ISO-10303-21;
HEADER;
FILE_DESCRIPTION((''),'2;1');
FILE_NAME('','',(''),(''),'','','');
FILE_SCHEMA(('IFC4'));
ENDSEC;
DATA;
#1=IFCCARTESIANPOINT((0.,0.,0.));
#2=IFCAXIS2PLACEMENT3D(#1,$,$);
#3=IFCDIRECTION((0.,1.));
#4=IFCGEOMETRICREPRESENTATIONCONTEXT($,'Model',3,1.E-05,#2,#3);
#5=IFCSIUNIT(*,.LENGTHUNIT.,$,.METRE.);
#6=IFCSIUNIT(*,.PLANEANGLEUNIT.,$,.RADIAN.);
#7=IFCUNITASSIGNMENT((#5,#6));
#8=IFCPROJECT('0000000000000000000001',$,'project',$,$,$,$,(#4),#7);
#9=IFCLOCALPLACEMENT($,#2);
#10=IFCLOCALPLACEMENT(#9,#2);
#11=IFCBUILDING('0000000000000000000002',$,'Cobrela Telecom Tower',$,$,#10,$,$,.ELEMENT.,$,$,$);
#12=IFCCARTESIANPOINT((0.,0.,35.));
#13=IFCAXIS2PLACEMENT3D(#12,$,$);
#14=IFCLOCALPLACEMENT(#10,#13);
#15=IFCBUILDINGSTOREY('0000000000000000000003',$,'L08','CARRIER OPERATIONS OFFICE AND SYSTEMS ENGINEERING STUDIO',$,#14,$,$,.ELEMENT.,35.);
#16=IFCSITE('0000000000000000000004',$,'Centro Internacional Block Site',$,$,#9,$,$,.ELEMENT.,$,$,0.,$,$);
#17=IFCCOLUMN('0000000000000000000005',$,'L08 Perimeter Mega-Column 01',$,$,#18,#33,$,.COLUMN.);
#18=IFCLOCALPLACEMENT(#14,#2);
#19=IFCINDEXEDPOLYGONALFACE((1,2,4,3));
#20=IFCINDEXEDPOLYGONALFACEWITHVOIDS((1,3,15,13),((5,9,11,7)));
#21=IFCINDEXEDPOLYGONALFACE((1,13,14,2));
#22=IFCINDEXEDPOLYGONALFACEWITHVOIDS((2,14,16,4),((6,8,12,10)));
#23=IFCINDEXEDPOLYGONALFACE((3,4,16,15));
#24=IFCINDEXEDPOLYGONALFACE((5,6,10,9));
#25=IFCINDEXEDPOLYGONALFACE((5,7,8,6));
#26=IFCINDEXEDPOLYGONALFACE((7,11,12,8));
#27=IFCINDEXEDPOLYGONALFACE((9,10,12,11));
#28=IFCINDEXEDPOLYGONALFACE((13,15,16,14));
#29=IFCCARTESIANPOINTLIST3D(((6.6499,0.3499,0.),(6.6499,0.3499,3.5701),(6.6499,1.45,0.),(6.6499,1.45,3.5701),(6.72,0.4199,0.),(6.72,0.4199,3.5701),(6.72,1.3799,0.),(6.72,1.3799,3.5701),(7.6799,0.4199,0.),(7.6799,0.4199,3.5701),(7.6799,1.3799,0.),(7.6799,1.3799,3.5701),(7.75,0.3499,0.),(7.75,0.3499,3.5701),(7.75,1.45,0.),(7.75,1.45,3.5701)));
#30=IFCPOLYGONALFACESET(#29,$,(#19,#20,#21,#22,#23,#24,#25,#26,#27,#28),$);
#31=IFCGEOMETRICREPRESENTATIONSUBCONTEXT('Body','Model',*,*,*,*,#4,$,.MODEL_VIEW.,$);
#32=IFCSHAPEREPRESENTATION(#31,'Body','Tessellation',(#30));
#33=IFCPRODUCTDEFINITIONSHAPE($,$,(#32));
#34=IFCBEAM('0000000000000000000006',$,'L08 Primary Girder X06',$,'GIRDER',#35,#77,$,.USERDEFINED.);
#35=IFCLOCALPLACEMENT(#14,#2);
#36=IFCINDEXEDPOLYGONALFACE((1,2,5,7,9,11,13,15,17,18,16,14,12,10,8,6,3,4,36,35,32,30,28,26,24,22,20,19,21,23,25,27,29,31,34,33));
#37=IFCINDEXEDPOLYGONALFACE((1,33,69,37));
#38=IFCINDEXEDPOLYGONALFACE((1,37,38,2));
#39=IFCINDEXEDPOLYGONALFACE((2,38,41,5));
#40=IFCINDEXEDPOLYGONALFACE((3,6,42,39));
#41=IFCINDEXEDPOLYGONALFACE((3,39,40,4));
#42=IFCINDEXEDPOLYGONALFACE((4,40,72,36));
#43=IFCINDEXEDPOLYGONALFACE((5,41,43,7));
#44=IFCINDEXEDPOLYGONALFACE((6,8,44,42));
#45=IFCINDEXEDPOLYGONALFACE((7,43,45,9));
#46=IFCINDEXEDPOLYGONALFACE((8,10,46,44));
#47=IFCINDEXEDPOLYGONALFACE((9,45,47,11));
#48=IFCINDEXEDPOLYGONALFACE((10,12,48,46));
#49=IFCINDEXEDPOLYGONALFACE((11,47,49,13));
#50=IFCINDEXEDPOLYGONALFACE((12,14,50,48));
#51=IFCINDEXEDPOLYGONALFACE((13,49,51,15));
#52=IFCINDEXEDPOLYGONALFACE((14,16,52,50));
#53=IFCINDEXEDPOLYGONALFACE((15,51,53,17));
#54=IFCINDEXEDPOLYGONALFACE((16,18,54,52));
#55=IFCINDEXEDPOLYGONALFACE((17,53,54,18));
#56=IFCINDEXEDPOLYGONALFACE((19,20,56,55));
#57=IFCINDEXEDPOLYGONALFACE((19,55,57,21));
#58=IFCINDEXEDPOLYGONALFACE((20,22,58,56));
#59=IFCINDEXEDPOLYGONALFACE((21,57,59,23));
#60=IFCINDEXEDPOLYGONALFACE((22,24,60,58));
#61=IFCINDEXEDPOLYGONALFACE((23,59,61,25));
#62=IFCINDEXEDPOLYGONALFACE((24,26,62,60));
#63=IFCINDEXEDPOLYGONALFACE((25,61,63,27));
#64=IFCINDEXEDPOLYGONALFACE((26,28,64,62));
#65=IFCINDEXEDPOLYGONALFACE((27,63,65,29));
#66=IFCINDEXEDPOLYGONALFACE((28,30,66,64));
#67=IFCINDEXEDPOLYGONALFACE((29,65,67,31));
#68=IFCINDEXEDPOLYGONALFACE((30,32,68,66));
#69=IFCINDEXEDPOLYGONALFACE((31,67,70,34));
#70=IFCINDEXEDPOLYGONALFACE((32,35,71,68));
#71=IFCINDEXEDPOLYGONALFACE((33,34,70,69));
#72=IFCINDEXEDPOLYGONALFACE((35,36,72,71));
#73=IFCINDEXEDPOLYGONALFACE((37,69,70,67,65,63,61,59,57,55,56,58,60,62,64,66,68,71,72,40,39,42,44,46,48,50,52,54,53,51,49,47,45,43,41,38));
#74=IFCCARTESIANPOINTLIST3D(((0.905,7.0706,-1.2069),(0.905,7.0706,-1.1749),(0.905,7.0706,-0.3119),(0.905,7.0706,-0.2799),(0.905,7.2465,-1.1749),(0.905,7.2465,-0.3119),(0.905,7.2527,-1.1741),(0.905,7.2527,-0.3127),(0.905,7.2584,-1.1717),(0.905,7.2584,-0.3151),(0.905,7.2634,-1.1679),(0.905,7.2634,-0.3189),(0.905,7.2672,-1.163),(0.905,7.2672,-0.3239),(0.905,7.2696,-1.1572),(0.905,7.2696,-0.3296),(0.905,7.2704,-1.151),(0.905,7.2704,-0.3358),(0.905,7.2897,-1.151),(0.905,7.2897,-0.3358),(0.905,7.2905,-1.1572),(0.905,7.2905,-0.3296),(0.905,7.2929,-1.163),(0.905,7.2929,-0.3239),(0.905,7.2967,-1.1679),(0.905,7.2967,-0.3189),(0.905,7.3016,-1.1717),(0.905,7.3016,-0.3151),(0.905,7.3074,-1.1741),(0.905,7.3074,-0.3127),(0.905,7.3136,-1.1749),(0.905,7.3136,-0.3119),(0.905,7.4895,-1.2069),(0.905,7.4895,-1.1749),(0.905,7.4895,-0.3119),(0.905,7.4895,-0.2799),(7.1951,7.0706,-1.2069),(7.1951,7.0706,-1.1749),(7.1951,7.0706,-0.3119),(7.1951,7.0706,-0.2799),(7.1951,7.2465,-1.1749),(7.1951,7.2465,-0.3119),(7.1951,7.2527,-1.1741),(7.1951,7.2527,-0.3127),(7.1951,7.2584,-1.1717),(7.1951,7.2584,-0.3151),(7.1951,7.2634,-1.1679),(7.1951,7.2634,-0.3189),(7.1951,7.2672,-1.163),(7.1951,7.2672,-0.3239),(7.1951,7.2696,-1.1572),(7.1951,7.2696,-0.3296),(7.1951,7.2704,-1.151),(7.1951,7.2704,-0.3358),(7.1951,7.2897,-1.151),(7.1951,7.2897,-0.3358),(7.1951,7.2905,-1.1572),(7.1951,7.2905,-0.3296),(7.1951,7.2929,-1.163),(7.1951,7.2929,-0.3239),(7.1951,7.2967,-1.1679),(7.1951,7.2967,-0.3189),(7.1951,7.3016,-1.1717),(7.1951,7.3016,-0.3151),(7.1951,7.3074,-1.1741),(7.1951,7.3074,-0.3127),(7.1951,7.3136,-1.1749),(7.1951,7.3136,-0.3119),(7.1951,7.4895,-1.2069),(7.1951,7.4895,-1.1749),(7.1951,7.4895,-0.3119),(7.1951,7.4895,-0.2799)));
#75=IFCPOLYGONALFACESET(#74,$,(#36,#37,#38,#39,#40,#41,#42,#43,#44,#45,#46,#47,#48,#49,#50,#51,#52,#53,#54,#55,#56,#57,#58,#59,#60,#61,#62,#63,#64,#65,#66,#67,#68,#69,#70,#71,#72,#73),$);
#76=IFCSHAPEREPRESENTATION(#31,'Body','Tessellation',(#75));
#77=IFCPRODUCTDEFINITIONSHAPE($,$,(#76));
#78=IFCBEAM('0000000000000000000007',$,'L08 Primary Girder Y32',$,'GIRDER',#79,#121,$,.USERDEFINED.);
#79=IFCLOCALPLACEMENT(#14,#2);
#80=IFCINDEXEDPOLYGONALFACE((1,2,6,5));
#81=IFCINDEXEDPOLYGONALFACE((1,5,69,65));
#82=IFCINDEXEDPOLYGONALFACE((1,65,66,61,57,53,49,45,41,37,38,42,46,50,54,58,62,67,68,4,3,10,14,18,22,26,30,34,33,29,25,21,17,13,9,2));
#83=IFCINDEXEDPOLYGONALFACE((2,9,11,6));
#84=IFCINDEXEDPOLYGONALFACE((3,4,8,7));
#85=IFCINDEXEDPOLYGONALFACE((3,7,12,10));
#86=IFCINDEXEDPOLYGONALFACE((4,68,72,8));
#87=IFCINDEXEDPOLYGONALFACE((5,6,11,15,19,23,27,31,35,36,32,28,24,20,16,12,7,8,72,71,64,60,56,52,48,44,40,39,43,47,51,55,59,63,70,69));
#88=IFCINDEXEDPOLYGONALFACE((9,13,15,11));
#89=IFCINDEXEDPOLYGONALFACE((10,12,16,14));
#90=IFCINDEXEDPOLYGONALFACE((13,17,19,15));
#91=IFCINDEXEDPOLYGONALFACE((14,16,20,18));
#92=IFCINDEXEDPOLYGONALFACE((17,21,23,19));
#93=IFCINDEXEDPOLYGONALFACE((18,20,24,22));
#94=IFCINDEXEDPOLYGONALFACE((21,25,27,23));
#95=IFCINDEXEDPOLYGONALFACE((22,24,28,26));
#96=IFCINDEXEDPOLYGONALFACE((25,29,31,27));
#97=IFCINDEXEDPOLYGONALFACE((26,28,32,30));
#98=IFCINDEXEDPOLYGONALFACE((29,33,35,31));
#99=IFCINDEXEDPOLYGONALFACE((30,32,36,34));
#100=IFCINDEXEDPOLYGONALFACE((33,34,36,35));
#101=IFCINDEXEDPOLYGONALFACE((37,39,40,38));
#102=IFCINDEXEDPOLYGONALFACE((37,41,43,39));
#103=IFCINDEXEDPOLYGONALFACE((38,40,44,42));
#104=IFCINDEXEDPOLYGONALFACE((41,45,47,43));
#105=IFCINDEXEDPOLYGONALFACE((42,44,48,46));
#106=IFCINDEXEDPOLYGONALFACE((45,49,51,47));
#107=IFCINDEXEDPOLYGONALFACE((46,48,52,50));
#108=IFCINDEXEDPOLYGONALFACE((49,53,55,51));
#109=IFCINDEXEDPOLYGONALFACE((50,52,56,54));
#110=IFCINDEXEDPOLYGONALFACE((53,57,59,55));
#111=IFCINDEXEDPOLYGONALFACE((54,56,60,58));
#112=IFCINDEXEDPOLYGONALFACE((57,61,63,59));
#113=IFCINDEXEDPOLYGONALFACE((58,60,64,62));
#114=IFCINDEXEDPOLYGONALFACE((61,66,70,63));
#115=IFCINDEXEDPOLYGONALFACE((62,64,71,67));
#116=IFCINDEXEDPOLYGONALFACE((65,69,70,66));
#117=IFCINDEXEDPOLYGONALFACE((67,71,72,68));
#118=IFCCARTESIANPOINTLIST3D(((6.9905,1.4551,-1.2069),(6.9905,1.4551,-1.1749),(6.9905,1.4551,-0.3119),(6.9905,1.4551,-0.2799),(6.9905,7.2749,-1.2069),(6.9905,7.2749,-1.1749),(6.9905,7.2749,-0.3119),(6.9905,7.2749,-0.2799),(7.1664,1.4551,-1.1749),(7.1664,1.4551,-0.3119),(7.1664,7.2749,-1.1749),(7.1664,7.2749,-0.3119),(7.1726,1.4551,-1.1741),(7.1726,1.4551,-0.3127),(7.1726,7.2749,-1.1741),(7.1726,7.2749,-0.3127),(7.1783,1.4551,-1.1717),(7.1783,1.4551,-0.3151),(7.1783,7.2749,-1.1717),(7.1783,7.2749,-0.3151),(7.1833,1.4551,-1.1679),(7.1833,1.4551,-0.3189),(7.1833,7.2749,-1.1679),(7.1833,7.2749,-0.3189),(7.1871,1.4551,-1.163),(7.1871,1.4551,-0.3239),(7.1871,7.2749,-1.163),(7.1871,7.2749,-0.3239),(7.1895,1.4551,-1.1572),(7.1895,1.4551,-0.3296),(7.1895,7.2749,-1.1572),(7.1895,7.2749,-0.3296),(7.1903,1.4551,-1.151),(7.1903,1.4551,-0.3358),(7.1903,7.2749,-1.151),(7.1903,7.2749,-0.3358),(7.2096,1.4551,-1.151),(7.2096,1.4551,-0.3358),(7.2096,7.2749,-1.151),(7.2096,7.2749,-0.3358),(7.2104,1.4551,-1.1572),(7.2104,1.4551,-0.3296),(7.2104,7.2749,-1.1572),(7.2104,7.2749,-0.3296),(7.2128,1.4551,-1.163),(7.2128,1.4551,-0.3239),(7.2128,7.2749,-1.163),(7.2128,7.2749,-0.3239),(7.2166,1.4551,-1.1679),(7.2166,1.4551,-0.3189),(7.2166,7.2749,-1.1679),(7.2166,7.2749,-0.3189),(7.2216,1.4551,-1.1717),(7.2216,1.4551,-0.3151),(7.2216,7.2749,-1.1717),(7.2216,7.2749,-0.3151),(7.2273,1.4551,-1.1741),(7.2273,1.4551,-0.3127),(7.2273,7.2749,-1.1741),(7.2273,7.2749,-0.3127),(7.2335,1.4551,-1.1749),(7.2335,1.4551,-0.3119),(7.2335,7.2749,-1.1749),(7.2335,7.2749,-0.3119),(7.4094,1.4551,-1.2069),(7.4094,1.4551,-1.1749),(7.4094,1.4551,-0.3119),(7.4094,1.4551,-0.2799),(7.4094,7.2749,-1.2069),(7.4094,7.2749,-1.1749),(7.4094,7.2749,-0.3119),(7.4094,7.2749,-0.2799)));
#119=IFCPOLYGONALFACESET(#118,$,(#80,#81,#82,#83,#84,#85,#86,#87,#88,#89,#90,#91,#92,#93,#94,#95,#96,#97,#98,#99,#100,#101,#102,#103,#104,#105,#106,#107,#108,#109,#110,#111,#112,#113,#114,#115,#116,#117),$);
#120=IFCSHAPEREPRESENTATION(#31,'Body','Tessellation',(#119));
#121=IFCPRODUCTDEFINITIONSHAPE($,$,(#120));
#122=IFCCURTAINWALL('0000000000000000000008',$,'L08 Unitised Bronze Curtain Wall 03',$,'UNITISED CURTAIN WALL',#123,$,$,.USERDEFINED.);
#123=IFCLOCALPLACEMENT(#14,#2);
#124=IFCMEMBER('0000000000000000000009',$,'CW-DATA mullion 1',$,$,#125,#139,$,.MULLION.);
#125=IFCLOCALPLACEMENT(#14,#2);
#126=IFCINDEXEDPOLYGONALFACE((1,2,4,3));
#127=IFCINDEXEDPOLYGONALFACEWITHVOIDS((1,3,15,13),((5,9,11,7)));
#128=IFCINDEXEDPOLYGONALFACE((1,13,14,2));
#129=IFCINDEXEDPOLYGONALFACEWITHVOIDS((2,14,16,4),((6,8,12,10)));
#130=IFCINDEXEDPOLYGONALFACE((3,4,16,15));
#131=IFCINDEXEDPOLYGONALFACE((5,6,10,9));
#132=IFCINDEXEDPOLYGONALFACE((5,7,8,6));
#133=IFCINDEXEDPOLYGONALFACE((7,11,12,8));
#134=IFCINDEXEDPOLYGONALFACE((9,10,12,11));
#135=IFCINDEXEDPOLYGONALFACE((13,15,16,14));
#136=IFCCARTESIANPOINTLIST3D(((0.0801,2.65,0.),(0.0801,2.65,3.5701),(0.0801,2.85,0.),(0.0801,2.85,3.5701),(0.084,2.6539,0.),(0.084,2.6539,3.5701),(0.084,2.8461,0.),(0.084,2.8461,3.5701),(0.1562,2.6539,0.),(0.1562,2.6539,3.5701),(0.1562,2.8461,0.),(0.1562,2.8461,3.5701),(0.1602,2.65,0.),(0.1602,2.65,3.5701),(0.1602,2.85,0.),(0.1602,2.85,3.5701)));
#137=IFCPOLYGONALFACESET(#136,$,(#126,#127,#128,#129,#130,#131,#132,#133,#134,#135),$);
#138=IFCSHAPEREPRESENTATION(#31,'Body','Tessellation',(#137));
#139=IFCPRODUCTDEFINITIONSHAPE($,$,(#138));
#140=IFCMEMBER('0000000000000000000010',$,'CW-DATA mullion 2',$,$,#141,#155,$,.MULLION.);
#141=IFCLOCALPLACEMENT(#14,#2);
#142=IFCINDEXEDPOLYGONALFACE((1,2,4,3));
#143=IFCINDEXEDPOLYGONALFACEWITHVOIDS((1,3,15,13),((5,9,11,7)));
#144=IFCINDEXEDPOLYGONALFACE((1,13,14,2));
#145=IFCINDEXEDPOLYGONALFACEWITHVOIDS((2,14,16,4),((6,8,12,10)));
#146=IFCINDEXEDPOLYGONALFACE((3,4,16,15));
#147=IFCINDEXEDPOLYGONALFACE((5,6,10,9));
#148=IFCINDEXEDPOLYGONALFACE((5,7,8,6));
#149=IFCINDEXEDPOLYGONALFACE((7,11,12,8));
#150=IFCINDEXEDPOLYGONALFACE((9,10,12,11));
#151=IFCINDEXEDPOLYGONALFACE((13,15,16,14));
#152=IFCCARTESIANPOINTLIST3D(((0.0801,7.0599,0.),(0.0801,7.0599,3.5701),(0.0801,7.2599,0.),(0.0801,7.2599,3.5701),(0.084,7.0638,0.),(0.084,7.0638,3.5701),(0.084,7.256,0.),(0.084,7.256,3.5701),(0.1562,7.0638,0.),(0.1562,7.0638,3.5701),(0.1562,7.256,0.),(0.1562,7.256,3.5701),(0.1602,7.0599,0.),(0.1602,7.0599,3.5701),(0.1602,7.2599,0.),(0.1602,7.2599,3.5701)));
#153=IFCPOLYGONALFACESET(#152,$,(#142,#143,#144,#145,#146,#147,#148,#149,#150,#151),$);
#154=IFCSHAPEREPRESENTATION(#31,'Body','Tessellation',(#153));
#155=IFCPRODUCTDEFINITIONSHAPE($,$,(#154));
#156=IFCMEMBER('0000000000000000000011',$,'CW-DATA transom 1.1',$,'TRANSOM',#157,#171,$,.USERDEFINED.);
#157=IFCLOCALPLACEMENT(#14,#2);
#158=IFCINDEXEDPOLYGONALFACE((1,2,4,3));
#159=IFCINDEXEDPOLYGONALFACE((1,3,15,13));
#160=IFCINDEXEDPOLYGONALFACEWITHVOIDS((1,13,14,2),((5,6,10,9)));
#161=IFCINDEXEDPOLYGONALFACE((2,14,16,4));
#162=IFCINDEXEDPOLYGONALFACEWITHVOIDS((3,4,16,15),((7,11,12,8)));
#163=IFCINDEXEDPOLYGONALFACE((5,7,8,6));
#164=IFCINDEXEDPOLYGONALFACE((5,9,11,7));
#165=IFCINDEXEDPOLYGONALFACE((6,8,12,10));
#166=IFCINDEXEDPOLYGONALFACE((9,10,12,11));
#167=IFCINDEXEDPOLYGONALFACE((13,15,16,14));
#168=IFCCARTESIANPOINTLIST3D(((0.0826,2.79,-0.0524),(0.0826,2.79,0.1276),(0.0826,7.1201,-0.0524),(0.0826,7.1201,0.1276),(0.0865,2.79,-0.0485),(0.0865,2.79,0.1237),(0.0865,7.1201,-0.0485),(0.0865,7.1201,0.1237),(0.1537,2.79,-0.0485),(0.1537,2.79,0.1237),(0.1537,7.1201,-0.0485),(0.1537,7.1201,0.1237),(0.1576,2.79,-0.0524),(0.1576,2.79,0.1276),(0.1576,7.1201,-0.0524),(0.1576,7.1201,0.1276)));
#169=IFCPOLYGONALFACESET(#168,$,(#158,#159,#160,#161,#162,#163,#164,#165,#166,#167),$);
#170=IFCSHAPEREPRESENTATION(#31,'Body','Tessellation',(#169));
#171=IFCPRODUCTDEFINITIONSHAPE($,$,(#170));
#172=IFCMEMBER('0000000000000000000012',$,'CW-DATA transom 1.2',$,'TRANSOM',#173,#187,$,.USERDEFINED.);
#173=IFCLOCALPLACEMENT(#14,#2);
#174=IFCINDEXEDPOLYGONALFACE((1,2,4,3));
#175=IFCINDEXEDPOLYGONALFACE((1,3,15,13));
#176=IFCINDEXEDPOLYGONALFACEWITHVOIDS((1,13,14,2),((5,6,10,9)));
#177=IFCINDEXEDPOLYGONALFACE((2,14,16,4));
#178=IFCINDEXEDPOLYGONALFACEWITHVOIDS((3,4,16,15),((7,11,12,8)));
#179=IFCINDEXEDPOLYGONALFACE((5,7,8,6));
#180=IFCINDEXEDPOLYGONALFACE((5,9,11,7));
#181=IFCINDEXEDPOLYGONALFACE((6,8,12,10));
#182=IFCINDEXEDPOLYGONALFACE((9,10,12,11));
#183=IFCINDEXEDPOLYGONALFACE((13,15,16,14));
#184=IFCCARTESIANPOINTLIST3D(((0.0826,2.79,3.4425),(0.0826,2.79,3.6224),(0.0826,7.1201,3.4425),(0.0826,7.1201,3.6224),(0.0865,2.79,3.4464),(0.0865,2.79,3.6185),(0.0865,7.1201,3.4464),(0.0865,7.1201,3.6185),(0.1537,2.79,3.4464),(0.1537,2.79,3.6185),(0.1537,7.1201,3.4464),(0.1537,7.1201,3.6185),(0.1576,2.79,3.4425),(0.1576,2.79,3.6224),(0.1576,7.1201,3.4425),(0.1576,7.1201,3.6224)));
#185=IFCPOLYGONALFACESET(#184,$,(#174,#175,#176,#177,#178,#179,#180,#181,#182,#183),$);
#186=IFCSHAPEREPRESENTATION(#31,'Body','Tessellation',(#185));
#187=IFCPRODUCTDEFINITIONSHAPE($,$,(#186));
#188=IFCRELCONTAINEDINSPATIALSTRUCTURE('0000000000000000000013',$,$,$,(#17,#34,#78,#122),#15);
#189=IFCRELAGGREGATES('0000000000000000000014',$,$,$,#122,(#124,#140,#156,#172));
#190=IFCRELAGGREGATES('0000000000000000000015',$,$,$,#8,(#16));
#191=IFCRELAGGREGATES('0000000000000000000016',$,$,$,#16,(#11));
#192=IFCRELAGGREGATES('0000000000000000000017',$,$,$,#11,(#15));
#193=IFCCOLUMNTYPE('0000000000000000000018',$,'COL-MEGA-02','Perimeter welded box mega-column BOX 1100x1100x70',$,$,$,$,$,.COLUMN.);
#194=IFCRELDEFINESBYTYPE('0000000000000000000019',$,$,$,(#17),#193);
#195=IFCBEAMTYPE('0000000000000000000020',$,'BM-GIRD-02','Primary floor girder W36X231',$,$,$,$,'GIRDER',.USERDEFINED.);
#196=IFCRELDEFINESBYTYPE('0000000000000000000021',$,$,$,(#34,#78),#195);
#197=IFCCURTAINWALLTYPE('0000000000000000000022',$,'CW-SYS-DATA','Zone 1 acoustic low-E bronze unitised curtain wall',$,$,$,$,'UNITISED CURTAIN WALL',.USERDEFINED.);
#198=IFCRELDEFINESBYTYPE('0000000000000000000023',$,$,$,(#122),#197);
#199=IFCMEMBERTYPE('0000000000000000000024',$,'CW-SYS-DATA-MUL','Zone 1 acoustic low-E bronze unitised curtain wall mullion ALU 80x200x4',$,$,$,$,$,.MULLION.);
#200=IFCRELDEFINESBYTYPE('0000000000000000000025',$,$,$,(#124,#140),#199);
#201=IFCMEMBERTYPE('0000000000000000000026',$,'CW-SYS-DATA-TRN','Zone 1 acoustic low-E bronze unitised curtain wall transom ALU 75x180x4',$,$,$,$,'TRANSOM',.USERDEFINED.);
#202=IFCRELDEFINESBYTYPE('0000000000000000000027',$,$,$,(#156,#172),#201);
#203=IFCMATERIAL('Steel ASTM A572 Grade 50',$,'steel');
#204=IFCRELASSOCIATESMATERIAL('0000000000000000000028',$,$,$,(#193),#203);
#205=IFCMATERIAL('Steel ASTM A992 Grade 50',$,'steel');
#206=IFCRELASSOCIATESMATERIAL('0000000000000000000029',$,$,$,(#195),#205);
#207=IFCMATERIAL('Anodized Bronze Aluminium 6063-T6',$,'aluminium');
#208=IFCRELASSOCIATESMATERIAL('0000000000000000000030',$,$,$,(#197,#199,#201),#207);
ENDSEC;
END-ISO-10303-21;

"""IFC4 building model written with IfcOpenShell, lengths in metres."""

from ifc_helpers import new_model, si_unit, direction, frame, origin, origin_2d, place, context, subcontext, project, spatial, hollow_rectangle, i_section, extrude, material, material_profile, profile_set, type_object, element, aggregate, save


model = new_model("IFC4")

# Units and contexts
model_context = context("Model", 3, precision=1e-05, world=origin(), true_north=direction((0.0, 1.0)))
body_context = subcontext(model_context, "Body", "Model", "MODEL_VIEW")
ifc_project = project(units=[si_unit("LENGTHUNIT", "METRE"), si_unit("PLANEANGLEUNIT", "RADIAN")], contexts=[model_context])

# Site, building, storey
site_placement = place(None, origin())
site = spatial("IfcSite", under=ifc_project, at=site_placement, Name="Centro Internacional Block Site", CompositionType="ELEMENT", RefElevation=0.0)
building_placement = place(site_placement, origin())
building = spatial("IfcBuilding", under=site, at=building_placement, Name="Cobrela Telecom Tower", CompositionType="ELEMENT")
storey_placement = place(building_placement, frame((0.0, 0.0, 35.0)))
storey = spatial("IfcBuildingStorey", under=building, at=storey_placement, Name="L08", Description="CARRIER OPERATIONS OFFICE AND SYSTEMS ENGINEERING STUDIO", CompositionType="ELEMENT", Elevation=35.0)

# Column
ifc_material_1 = material(Name="Steel ASTM A572 Grade 50", Category="steel")
ifc_material_profile_1 = material_profile(ifc_material_1, hollow_rectangle(XDim=1.1001, YDim=1.1001, WallThickness=0.0701, at=origin_2d()), Name="BOX 1100x1100x70")
ifc_profile_set_1 = profile_set([ifc_material_profile_1], Name="Steel ASTM A572 Grade 50")
column_type = type_object("IfcColumnType", Name="COL-MEGA-02", Description="Perimeter welded box mega-column BOX 1100x1100x70", PredefinedType="COLUMN", material=ifc_profile_set_1)
column_placement = place(storey_placement, frame((7.2, 0.8999, 0.0), z_axis=(0.0, 0.0, 1.0), x_axis=(1.0, 0.0, 0.0)))
element("IfcColumn", 1, at=column_placement, inside=storey, type_object=column_type, Name="L08 Perimeter Mega-Column 01", PredefinedType="COLUMN", context=body_context, shape_type="SweptSolid", body=[
    extrude(hollow_rectangle(XDim=1.1001, YDim=1.1001, WallThickness=0.0701, at=origin_2d()), origin(), (0.0, 0.0, 1.0), 3.5701),
])

# Beams
ifc_material_2 = material(Name="Steel ASTM A992 Grade 50", Category="steel")
ifc_material_profile_2 = material_profile(ifc_material_2, i_section(OverallWidth=0.4189, OverallDepth=0.927, WebThickness=0.0193, FlangeThickness=0.032, FilletRadius=0.0239, at=origin_2d()), Name="W36X231")
ifc_profile_set_2 = profile_set([ifc_material_profile_2], Name="Steel ASTM A992 Grade 50")
beam_type = type_object("IfcBeamType", Name="BM-GIRD-02", Description="Primary floor girder W36X231", ElementType="GIRDER", PredefinedType="USERDEFINED", material=ifc_profile_set_2)
beam_1_placement = place(storey_placement, frame((0.905, 7.28, -0.7434), z_axis=(1.0, 0.0, 0.0), x_axis=(0.0, 1.0, 0.0)))
element("IfcBeam", 2, at=beam_1_placement, inside=storey, type_object=beam_type, Name="L08 Primary Girder X06", ObjectType="GIRDER", PredefinedType="USERDEFINED", context=body_context, shape_type="SweptSolid", body=[
    extrude(i_section(OverallWidth=0.4189, OverallDepth=0.927, WebThickness=0.0193, FlangeThickness=0.032, FilletRadius=0.0239, at=origin_2d()), origin(), (0.0, 0.0, 1.0), 6.29),
])
beam_2_placement = place(storey_placement, frame((7.2, 1.4551, -0.7434), z_axis=(0.0, 1.0, 0.0), x_axis=(-1.0, 0.0, 0.0)))
element("IfcBeam", 3, at=beam_2_placement, inside=storey, type_object=beam_type, Name="L08 Primary Girder Y32", ObjectType="GIRDER", PredefinedType="USERDEFINED", context=body_context, shape_type="SweptSolid", body=[
    extrude(i_section(OverallWidth=0.4189, OverallDepth=0.927, WebThickness=0.0193, FlangeThickness=0.032, FilletRadius=0.0239, at=origin_2d()), origin(), (0.0, 0.0, 1.0), 5.8198),
])

# Curtain wall, members
ifc_material_3 = material(Name="Anodized Bronze Aluminium 6063-T6", Category="aluminium")
curtain_wall_type = type_object("IfcCurtainWallType", Name="CW-SYS-DATA", Description="Zone 1 acoustic low-E bronze unitised curtain wall", ElementType="UNITISED CURTAIN WALL", PredefinedType="USERDEFINED", material=ifc_material_3)
curtain_wall_1_placement = place(storey_placement, origin())
curtain_wall_1 = element("IfcCurtainWall", 4, at=curtain_wall_1_placement, inside=storey, type_object=curtain_wall_type, Name="L08 Unitised Bronze Curtain Wall 03", ObjectType="UNITISED CURTAIN WALL", PredefinedType="USERDEFINED")
ifc_material_profile_3 = material_profile(ifc_material_3, hollow_rectangle(XDim=0.0801, YDim=0.2, WallThickness=0.0039, at=origin_2d()), Name="ALU 80x200x4")
ifc_profile_set_3 = profile_set([ifc_material_profile_3], Name="Anodized Bronze Aluminium 6063-T6")
member_type_1 = type_object("IfcMemberType", Name="CW-SYS-DATA-MUL", Description="Zone 1 acoustic low-E bronze unitised curtain wall mullion ALU 80x200x4", PredefinedType="MULLION", material=ifc_profile_set_3)
member_1_placement = place(storey_placement, frame((0.1201, 2.75, 0.0), z_axis=(0.0, 0.0, 1.0), x_axis=(-1.0, 0.0, 0.0)))
member_1 = element("IfcMember", 5, at=member_1_placement, type_object=member_type_1, Name="CW-DATA mullion 1", PredefinedType="MULLION", context=body_context, shape_type="SweptSolid", body=[
    extrude(hollow_rectangle(XDim=0.0801, YDim=0.2, WallThickness=0.0039, at=origin_2d()), origin(), (0.0, 0.0, 1.0), 3.5701),
])
member_2_placement = place(storey_placement, frame((0.1201, 7.1599, 0.0), z_axis=(0.0, 0.0, 1.0), x_axis=(-1.0, 0.0, 0.0)))
member_2 = element("IfcMember", 6, at=member_2_placement, type_object=member_type_1, Name="CW-DATA mullion 2", PredefinedType="MULLION", context=body_context, shape_type="SweptSolid", body=[
    extrude(hollow_rectangle(XDim=0.0801, YDim=0.2, WallThickness=0.0039, at=origin_2d()), origin(), (0.0, 0.0, 1.0), 3.5701),
])
ifc_material_profile_4 = material_profile(ifc_material_3, hollow_rectangle(XDim=0.075, YDim=0.1799, WallThickness=0.0039, at=origin_2d()), Name="ALU 75x180x4")
ifc_profile_set_4 = profile_set([ifc_material_profile_4], Name="Anodized Bronze Aluminium 6063-T6")
member_type_2 = type_object("IfcMemberType", Name="CW-SYS-DATA-TRN", Description="Zone 1 acoustic low-E bronze unitised curtain wall transom ALU 75x180x4", ElementType="TRANSOM", PredefinedType="USERDEFINED", material=ifc_profile_set_4)
member_3_placement = place(storey_placement, frame((0.1201, 2.79, 0.0376), z_axis=(0.0, 1.0, 0.0), x_axis=(-1.0, 0.0, 0.0)))
member_3 = element("IfcMember", 7, at=member_3_placement, type_object=member_type_2, Name="CW-DATA transom 1.1", ObjectType="TRANSOM", PredefinedType="USERDEFINED", context=body_context, shape_type="SweptSolid", body=[
    extrude(hollow_rectangle(XDim=0.075, YDim=0.1799, WallThickness=0.0039, at=origin_2d()), origin(), (0.0, 0.0, 1.0), 4.3301),
])
member_4_placement = place(storey_placement, frame((0.1201, 2.79, 3.5325), z_axis=(0.0, 1.0, 0.0), x_axis=(-1.0, 0.0, 0.0)))
member_4 = element("IfcMember", 8, at=member_4_placement, type_object=member_type_2, Name="CW-DATA transom 1.2", ObjectType="TRANSOM", PredefinedType="USERDEFINED", context=body_context, shape_type="SweptSolid", body=[
    extrude(hollow_rectangle(XDim=0.075, YDim=0.1799, WallThickness=0.0039, at=origin_2d()), origin(), (0.0, 0.0, 1.0), 4.3301),
])
aggregate(curtain_wall_1, [member_1, member_2, member_3, member_4])

save(model, "model.ifc")
